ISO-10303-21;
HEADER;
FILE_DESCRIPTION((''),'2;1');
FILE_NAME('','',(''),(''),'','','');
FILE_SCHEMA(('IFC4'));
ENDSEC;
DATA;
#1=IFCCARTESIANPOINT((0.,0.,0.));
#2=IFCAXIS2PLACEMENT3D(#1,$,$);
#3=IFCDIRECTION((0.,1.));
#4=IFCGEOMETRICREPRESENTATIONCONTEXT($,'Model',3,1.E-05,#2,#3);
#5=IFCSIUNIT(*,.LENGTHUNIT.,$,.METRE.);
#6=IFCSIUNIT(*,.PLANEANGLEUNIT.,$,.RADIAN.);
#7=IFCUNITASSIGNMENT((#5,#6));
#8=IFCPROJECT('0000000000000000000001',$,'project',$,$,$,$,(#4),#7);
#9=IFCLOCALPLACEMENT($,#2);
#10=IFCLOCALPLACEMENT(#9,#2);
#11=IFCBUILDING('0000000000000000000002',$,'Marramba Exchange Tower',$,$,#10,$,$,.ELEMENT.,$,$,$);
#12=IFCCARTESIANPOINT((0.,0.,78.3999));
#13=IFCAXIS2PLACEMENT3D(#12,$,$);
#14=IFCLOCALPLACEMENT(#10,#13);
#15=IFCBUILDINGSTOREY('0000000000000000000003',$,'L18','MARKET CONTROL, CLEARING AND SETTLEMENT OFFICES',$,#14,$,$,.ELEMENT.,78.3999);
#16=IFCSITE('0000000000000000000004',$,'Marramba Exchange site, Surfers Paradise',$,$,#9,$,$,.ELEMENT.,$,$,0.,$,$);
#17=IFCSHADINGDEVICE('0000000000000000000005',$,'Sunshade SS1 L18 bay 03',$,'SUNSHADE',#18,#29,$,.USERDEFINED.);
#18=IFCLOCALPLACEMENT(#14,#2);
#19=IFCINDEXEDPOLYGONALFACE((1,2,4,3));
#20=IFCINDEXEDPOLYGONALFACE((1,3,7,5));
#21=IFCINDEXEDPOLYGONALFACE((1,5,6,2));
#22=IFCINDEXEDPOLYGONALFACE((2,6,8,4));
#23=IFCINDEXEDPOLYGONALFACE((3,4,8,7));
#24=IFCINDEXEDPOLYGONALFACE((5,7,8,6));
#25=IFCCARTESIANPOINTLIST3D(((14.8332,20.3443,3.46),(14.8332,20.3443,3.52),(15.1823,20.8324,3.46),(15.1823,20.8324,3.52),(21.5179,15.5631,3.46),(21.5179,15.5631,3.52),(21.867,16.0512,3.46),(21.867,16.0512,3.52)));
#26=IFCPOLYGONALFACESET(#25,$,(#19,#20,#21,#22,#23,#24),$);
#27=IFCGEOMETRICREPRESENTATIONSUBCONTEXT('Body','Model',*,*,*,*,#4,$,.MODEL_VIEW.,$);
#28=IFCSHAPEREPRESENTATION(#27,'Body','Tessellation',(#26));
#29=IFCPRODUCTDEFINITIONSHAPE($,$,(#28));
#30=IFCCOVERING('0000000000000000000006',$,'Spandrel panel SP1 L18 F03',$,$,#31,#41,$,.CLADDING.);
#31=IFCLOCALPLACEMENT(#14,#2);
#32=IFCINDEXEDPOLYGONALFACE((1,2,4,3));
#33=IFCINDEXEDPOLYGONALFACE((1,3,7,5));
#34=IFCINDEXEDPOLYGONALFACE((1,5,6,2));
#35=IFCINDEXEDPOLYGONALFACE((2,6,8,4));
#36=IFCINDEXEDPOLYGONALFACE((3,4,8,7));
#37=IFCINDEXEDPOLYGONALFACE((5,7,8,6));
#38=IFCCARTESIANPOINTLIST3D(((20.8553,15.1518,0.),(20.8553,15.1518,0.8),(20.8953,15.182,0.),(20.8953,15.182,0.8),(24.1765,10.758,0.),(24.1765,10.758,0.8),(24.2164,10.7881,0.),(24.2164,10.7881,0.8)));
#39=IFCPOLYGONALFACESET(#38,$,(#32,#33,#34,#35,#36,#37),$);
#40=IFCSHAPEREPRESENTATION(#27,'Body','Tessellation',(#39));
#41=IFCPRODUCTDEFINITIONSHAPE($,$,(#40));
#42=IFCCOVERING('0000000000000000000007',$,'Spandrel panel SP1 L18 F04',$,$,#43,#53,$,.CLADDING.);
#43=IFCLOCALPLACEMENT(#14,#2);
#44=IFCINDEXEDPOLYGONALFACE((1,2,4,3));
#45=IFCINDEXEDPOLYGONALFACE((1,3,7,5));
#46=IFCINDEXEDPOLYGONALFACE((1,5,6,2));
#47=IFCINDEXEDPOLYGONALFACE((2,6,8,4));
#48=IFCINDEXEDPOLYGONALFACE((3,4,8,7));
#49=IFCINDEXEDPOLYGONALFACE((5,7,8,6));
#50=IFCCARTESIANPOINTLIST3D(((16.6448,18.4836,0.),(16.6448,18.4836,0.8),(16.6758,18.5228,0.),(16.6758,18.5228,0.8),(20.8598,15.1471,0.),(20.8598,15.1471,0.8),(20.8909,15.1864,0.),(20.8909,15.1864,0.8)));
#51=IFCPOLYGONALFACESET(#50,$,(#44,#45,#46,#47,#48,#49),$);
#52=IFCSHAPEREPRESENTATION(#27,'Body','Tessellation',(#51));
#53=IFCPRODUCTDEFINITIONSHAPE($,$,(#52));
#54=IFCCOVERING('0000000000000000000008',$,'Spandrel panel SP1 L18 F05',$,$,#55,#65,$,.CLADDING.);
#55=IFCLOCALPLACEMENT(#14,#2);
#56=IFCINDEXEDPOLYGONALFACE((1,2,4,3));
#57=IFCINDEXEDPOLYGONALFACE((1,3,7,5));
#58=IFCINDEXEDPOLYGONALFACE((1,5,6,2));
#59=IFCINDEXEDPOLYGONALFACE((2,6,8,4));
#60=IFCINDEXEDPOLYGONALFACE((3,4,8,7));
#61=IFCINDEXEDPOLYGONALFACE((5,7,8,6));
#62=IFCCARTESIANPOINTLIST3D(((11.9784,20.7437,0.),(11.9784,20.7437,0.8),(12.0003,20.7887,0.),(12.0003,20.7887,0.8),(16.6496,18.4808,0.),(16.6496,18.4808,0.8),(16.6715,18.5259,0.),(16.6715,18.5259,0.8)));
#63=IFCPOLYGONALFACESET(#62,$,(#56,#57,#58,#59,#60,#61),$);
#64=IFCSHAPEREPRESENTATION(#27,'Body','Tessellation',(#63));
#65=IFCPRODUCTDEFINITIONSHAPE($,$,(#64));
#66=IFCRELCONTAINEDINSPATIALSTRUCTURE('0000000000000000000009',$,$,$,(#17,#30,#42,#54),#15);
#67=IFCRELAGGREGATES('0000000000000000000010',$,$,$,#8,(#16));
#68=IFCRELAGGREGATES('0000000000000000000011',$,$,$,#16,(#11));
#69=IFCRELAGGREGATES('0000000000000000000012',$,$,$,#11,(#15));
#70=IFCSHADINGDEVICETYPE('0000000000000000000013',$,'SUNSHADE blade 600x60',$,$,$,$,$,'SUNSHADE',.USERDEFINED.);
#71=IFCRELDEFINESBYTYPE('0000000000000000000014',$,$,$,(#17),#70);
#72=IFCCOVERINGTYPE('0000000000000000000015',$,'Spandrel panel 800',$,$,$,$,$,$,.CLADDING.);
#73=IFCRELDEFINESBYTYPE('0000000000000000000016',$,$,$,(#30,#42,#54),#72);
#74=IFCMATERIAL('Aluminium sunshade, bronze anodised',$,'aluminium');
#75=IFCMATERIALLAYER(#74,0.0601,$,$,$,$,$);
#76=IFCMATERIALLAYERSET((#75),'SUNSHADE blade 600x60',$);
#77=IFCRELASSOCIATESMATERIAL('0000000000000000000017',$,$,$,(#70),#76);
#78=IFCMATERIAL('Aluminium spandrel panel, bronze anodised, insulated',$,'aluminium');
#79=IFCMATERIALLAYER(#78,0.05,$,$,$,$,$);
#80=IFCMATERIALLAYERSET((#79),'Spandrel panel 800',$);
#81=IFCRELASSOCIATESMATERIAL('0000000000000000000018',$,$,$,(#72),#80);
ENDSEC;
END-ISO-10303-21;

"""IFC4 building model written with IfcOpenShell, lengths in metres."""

from ifc_helpers import new_model, si_unit, direction, frame, origin, origin_2d, place, context, subcontext, project, spatial, rectangle, extrude, material, layer, layer_set, type_object, element, save


model = new_model("IFC4")

# Units and contexts
model_context = context("Model", 3, precision=1e-05, world=origin(), true_north=direction((0.0, 1.0)))
body_context = subcontext(model_context, "Body", "Model", "MODEL_VIEW")
ifc_project = project(units=[si_unit("LENGTHUNIT", "METRE"), si_unit("PLANEANGLEUNIT", "RADIAN")], contexts=[model_context])

# Site, building, storey
site_placement = place(None, origin())
site = spatial("IfcSite", under=ifc_project, at=site_placement, Name="Marramba Exchange site, Surfers Paradise", CompositionType="ELEMENT", RefElevation=0.0)
building_placement = place(site_placement, origin())
building = spatial("IfcBuilding", under=site, at=building_placement, Name="Marramba Exchange Tower", CompositionType="ELEMENT")
storey_placement = place(building_placement, frame((0.0, 0.0, 78.3999)))
storey = spatial("IfcBuildingStorey", under=building, at=storey_placement, Name="L18", Description="MARKET CONTROL, CLEARING AND SETTLEMENT OFFICES", CompositionType="ELEMENT", Elevation=78.3999)

# Shading device
ifc_material_1 = material(Name="Aluminium sunshade, bronze anodised", Category="aluminium")
ifc_layer_1 = layer(ifc_material_1, 0.0601)
ifc_layer_set_1 = layer_set([ifc_layer_1], Name="SUNSHADE blade 600x60")
shading_device_type_1 = type_object("IfcShadingDeviceType", Name="SUNSHADE blade 600x60", ElementType="SUNSHADE", PredefinedType="USERDEFINED", material=ifc_layer_set_1)
shading_device_1_placement = place(storey_placement, frame((18.3501, 18.1978, 3.46), z_axis=(0.0, 0.0, 1.0), x_axis=(-0.813363, 0.581757, 0.0)))
element("IfcShadingDevice", 1, at=shading_device_1_placement, inside=storey, type_object=shading_device_type_1, Name="Sunshade SS1 L18 bay 03", ObjectType="SUNSHADE", PredefinedType="USERDEFINED", context=body_context, shape_type="SweptSolid", body=[
    extrude(rectangle(XDim=8.2185, YDim=0.6001, at=origin_2d()), origin(), (0.0, 0.0, 1.0), 0.0601),
])

# Coverings
ifc_material_2 = material(Name="Aluminium spandrel panel, bronze anodised, insulated", Category="aluminium")
ifc_layer_2 = layer(ifc_material_2, 0.05)
ifc_layer_set_2 = layer_set([ifc_layer_2], Name="Spandrel panel 800")
covering_type = type_object("IfcCoveringType", Name="Spandrel panel 800", PredefinedType="CLADDING", material=ifc_layer_set_2)
covering_1_placement = place(storey_placement, frame((22.5359, 12.97, 0.0), z_axis=(0.0, 0.0, 1.0), x_axis=(-0.60299, 0.797749, 0.0)))
element("IfcCovering", 2, at=covering_1_placement, inside=storey, type_object=covering_type, Name="Spandrel panel SP1 L18 F03", PredefinedType="CLADDING", context=body_context, shape_type="SweptSolid", body=[
    extrude(rectangle(XDim=5.5078, YDim=0.05, at=origin_2d()), origin(), (0.0, 0.0, 1.0), 0.8),
])
covering_2_placement = place(storey_placement, frame((18.7678, 16.835, 0.0), z_axis=(0.0, 0.0, 1.0), x_axis=(-0.784088, 0.62065, 0.0)))
element("IfcCovering", 3, at=covering_2_placement, inside=storey, type_object=covering_type, Name="Spandrel panel SP1 L18 F04", PredefinedType="CLADDING", context=body_context, shape_type="SweptSolid", body=[
    extrude(rectangle(XDim=5.3757, YDim=0.05, at=origin_2d()), origin(), (0.0, 0.0, 1.0), 0.8),
])
covering_3_placement = place(storey_placement, frame((14.325, 19.6348, 0.0), z_axis=(0.0, 0.0, 1.0), x_axis=(-0.899963, 0.435965, 0.0)))
element("IfcCovering", 4, at=covering_3_placement, inside=storey, type_object=covering_type, Name="Spandrel panel SP1 L18 F05", PredefinedType="CLADDING", context=body_context, shape_type="SweptSolid", body=[
    extrude(rectangle(XDim=5.1904, YDim=0.05, at=origin_2d()), origin(), (0.0, 0.0, 1.0), 0.8),
])

save(model, "model.ifc")
